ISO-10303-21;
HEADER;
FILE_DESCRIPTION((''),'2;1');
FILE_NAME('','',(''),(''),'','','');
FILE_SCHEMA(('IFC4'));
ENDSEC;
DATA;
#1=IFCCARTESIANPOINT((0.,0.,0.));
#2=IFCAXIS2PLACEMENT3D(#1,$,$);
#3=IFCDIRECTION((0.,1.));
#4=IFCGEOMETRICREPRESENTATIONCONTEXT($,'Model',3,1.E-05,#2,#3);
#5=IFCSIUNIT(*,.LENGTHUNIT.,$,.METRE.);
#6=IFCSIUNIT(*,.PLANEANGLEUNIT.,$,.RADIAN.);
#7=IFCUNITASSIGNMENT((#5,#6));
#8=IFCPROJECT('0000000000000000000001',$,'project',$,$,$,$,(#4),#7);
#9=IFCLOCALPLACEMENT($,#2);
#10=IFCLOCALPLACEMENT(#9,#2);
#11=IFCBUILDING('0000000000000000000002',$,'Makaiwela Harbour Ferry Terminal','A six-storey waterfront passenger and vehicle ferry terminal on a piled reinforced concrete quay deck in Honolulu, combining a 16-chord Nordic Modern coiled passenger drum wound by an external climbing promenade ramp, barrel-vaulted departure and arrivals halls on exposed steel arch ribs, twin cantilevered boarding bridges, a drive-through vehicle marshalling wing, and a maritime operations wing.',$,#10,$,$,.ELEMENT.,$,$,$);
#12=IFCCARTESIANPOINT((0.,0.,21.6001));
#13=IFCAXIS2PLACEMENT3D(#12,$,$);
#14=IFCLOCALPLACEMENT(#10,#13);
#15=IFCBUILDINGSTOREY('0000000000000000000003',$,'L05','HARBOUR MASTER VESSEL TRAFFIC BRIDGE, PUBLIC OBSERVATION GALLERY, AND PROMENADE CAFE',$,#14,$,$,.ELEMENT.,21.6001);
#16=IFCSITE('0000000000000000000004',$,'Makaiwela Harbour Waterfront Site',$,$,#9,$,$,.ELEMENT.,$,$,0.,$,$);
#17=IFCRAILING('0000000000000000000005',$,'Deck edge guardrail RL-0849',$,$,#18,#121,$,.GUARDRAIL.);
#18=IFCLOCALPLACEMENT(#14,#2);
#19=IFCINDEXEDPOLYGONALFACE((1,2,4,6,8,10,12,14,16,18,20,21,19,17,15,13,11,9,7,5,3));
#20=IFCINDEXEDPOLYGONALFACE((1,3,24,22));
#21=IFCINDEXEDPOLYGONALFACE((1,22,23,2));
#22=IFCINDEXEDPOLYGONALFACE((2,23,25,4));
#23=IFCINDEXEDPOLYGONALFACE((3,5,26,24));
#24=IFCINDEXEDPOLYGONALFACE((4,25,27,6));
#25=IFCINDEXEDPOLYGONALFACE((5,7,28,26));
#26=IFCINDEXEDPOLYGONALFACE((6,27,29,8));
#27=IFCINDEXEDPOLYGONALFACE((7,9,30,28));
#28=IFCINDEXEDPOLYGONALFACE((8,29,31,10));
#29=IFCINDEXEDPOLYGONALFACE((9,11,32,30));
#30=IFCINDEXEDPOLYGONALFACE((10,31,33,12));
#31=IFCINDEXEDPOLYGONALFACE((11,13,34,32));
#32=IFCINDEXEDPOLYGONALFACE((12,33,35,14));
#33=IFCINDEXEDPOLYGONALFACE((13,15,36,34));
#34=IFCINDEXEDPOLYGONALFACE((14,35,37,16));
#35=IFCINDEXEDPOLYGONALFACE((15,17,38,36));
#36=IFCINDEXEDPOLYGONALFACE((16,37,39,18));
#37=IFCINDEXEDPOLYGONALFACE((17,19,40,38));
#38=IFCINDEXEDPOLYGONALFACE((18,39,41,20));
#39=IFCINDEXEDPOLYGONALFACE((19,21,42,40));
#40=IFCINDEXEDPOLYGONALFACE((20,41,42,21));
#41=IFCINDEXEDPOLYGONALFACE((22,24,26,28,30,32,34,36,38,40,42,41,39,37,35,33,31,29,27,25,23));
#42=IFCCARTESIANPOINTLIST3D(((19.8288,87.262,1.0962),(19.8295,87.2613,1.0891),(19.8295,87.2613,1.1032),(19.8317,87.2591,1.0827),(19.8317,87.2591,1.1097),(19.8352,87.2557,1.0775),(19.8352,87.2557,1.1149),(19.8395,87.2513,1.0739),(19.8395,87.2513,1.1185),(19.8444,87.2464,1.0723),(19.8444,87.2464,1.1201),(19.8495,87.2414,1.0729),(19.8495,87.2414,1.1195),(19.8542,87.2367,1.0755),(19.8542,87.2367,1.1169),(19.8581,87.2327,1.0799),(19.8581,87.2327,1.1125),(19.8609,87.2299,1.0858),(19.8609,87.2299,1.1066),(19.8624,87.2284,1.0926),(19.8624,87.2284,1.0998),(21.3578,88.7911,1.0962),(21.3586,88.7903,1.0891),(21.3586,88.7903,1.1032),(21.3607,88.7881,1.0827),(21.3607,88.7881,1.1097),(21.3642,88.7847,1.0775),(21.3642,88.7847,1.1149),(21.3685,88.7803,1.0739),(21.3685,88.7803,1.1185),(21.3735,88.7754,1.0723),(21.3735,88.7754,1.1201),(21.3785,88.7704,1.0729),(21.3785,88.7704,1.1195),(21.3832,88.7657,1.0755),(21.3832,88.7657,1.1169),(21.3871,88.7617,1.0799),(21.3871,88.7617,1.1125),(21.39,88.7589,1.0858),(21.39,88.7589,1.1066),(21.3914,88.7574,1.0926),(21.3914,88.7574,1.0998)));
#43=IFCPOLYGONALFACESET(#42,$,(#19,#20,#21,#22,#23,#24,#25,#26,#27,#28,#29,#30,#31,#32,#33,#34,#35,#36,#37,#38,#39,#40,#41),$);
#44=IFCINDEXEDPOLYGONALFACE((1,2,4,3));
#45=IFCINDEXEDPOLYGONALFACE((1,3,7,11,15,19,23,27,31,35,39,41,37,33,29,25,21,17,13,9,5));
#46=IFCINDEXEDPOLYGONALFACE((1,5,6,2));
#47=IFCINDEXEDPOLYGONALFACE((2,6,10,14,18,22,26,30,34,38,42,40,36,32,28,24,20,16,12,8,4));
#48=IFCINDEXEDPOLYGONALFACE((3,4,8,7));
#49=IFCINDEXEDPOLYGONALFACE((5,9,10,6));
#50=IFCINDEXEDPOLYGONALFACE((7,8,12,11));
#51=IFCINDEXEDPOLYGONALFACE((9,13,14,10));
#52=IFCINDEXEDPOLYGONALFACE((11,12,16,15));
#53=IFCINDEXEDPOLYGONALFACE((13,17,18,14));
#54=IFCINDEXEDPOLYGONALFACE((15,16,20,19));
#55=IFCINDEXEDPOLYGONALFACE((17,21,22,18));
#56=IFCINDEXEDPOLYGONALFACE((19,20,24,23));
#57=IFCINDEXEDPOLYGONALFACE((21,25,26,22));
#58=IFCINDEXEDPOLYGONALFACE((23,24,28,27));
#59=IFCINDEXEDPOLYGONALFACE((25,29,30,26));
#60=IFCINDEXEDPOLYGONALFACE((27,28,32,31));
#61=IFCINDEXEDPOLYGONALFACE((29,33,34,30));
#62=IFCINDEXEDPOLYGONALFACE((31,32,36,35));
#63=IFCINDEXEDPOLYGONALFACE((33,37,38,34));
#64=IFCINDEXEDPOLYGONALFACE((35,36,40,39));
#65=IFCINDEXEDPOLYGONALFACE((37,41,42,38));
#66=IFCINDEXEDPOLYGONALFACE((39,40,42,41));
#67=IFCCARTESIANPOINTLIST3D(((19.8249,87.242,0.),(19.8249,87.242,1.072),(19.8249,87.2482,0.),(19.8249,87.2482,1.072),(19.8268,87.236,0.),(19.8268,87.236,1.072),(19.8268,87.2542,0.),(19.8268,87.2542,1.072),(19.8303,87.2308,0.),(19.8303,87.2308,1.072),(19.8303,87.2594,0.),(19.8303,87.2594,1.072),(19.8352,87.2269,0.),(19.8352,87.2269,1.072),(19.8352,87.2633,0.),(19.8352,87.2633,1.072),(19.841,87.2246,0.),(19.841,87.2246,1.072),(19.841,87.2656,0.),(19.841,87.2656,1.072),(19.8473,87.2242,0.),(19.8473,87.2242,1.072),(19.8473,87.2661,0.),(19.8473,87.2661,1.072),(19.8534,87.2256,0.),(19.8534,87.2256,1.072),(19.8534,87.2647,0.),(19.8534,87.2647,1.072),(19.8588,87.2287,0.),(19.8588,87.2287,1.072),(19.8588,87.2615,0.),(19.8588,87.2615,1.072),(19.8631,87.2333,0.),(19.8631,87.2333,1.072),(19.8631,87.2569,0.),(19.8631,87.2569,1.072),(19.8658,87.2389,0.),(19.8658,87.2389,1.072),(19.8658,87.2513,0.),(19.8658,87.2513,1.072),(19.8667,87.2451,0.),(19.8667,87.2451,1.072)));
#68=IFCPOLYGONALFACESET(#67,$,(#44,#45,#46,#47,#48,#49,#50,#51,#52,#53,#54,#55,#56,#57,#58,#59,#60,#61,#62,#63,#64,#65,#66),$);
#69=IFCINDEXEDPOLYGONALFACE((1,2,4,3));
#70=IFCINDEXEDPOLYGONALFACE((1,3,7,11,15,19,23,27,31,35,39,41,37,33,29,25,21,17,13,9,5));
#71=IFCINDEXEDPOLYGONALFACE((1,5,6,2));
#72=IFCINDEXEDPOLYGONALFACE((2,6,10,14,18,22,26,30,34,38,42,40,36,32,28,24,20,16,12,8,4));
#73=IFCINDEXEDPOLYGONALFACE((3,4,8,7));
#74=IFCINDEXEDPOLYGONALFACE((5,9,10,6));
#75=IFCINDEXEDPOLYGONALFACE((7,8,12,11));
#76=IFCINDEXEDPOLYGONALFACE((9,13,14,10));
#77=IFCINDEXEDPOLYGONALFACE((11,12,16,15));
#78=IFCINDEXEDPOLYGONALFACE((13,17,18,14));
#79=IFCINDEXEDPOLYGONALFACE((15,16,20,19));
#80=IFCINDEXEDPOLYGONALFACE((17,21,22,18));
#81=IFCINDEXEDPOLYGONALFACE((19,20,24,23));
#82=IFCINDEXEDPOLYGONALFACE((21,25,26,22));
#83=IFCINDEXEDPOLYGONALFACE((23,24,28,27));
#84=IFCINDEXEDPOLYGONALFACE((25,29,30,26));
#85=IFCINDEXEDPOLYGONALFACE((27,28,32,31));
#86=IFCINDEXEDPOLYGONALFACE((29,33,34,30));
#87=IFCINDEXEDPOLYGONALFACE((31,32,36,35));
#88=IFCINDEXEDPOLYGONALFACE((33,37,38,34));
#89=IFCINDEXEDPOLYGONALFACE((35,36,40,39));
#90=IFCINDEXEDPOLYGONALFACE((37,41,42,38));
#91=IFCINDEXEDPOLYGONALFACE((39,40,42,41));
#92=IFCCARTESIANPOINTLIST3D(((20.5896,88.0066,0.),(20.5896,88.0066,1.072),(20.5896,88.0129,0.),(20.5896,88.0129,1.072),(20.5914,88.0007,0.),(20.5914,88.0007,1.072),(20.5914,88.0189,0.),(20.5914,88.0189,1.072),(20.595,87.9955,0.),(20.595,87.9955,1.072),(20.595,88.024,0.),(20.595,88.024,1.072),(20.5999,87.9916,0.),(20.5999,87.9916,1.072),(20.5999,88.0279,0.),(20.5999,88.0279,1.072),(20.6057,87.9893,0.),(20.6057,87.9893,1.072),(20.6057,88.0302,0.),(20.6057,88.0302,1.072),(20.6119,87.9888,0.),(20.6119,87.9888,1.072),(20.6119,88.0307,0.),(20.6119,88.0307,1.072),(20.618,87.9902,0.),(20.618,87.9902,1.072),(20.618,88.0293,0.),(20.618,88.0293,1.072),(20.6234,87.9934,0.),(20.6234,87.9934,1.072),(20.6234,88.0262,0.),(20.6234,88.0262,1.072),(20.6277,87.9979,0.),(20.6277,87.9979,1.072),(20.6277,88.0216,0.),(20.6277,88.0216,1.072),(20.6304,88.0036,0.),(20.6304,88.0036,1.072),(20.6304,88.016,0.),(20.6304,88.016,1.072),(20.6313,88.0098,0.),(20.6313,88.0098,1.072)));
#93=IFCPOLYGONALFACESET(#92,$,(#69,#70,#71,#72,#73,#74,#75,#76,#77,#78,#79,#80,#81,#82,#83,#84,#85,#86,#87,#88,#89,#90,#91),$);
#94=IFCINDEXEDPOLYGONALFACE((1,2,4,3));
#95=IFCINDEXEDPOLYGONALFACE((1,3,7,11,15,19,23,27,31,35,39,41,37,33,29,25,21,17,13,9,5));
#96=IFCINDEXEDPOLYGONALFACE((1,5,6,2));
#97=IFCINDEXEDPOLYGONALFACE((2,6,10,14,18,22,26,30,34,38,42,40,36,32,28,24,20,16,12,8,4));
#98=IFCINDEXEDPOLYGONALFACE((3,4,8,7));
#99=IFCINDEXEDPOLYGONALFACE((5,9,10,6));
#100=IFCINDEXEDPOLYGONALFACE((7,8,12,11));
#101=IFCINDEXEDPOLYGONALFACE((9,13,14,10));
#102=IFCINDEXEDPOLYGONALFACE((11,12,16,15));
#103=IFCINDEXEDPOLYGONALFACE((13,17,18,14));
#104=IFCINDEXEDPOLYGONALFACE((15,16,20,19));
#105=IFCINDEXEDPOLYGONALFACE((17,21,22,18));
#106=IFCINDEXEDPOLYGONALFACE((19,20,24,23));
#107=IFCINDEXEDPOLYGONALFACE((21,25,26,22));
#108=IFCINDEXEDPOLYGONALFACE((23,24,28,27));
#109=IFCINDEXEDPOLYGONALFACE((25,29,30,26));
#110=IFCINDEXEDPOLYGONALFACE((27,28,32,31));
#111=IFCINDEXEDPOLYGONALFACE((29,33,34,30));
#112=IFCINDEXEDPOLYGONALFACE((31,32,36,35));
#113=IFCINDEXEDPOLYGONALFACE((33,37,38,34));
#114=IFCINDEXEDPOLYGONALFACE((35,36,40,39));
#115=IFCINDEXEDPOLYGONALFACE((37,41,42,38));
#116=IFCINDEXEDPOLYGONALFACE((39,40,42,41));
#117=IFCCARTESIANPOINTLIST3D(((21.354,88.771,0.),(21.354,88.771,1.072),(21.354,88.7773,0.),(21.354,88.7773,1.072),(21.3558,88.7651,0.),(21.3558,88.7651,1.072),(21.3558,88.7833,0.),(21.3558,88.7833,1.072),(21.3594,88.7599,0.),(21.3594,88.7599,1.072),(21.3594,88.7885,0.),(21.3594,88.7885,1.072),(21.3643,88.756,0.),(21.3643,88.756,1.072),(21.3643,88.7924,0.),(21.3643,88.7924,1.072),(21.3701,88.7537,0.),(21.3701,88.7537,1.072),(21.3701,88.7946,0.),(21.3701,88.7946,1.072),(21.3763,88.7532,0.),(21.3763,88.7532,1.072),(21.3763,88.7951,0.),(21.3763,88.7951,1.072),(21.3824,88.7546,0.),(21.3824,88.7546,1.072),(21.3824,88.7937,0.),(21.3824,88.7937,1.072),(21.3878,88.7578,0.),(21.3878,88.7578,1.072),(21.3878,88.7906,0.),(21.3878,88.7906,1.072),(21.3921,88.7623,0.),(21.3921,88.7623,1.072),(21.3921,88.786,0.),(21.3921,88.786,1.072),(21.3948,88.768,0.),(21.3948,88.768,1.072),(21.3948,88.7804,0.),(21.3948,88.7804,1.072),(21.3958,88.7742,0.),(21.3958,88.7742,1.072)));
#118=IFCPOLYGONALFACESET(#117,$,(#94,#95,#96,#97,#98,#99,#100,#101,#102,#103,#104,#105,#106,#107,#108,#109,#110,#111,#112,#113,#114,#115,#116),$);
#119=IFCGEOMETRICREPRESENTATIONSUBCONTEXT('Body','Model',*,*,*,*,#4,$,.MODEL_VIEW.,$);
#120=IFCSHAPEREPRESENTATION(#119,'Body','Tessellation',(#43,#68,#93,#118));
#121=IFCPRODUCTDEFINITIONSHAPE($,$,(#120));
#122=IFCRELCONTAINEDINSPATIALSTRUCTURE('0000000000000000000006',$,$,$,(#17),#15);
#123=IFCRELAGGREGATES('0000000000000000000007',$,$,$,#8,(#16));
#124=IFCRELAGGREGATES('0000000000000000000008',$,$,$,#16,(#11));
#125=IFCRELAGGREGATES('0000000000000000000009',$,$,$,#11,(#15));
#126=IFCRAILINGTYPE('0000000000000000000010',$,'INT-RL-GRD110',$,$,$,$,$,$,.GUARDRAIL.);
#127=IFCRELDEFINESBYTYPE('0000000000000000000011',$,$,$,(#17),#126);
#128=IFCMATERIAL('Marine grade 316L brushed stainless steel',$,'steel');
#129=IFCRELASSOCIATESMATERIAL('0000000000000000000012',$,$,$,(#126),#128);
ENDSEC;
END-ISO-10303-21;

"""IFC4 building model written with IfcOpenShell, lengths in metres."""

from ifc_helpers import new_model, si_unit, direction, frame, origin, origin_2d, place, context, subcontext, project, spatial, circle, extrude, material, type_object, element, save


model = new_model("IFC4")

# Units and contexts
model_context = context("Model", 3, precision=1e-05, world=origin(), true_north=direction((0.0, 1.0)))
body_context = subcontext(model_context, "Body", "Model", "MODEL_VIEW")
ifc_project = project(units=[si_unit("LENGTHUNIT", "METRE"), si_unit("PLANEANGLEUNIT", "RADIAN")], contexts=[model_context])

# Site, building, storey
site_placement = place(None, origin())
site = spatial("IfcSite", under=ifc_project, at=site_placement, Name="Makaiwela Harbour Waterfront Site", CompositionType="ELEMENT", RefElevation=0.0)
building_placement = place(site_placement, origin())
building = spatial("IfcBuilding", under=site, at=building_placement, Name="Makaiwela Harbour Ferry Terminal", Description="A six-storey waterfront passenger and vehicle ferry terminal on a piled reinforced concrete quay deck in Honolulu, combining a 16-chord Nordic Modern coiled passenger drum wound by an external climbing promenade ramp, barrel-vaulted departure and arrivals halls on exposed steel arch ribs, twin cantilevered boarding bridges, a drive-through vehicle marshalling wing, and a maritime operations wing.", CompositionType="ELEMENT")
storey_placement = place(building_placement, frame((0.0, 0.0, 21.6001)))
storey = spatial("IfcBuildingStorey", under=building, at=storey_placement, Name="L05", Description="HARBOUR MASTER VESSEL TRAFFIC BRIDGE, PUBLIC OBSERVATION GALLERY, AND PROMENADE CAFE", CompositionType="ELEMENT", Elevation=21.6001)

# Railing
ifc_material_1 = material(Name="Marine grade 316L brushed stainless steel", Category="steel")
railing_type = type_object("IfcRailingType", Name="INT-RL-GRD110", PredefinedType="GUARDRAIL", material=ifc_material_1)
railing_1_placement = place(storey_placement, frame((19.8457, 87.2451, 0.0)))
element("IfcRailing", 1, at=railing_1_placement, inside=storey, type_object=railing_type, Name="Deck edge guardrail RL-0849", PredefinedType="GUARDRAIL", context=body_context, shape_type="SweptSolid", body=[
    extrude(circle(Radius=0.0239, at=origin_2d()), frame((0.0, 0.0, 1.0962), z_axis=(0.707107, 0.707107, 0.0), x_axis=(-0.707107, 0.707107, 0.0)), (0.0, 0.0, 1.0), 2.1624),
    extrude(circle(Radius=0.021, at=origin_2d()), origin(), (0.0, 0.0, 1.0), 1.072),
    extrude(circle(Radius=0.021, at=origin_2d()), frame((0.7646, 0.7646, 0.0)), (0.0, 0.0, 1.0), 1.072),
    extrude(circle(Radius=0.021, at=origin_2d()), frame((1.5291, 1.5291, 0.0)), (0.0, 0.0, 1.0), 1.072),
])

save(model, "model.ifc")
